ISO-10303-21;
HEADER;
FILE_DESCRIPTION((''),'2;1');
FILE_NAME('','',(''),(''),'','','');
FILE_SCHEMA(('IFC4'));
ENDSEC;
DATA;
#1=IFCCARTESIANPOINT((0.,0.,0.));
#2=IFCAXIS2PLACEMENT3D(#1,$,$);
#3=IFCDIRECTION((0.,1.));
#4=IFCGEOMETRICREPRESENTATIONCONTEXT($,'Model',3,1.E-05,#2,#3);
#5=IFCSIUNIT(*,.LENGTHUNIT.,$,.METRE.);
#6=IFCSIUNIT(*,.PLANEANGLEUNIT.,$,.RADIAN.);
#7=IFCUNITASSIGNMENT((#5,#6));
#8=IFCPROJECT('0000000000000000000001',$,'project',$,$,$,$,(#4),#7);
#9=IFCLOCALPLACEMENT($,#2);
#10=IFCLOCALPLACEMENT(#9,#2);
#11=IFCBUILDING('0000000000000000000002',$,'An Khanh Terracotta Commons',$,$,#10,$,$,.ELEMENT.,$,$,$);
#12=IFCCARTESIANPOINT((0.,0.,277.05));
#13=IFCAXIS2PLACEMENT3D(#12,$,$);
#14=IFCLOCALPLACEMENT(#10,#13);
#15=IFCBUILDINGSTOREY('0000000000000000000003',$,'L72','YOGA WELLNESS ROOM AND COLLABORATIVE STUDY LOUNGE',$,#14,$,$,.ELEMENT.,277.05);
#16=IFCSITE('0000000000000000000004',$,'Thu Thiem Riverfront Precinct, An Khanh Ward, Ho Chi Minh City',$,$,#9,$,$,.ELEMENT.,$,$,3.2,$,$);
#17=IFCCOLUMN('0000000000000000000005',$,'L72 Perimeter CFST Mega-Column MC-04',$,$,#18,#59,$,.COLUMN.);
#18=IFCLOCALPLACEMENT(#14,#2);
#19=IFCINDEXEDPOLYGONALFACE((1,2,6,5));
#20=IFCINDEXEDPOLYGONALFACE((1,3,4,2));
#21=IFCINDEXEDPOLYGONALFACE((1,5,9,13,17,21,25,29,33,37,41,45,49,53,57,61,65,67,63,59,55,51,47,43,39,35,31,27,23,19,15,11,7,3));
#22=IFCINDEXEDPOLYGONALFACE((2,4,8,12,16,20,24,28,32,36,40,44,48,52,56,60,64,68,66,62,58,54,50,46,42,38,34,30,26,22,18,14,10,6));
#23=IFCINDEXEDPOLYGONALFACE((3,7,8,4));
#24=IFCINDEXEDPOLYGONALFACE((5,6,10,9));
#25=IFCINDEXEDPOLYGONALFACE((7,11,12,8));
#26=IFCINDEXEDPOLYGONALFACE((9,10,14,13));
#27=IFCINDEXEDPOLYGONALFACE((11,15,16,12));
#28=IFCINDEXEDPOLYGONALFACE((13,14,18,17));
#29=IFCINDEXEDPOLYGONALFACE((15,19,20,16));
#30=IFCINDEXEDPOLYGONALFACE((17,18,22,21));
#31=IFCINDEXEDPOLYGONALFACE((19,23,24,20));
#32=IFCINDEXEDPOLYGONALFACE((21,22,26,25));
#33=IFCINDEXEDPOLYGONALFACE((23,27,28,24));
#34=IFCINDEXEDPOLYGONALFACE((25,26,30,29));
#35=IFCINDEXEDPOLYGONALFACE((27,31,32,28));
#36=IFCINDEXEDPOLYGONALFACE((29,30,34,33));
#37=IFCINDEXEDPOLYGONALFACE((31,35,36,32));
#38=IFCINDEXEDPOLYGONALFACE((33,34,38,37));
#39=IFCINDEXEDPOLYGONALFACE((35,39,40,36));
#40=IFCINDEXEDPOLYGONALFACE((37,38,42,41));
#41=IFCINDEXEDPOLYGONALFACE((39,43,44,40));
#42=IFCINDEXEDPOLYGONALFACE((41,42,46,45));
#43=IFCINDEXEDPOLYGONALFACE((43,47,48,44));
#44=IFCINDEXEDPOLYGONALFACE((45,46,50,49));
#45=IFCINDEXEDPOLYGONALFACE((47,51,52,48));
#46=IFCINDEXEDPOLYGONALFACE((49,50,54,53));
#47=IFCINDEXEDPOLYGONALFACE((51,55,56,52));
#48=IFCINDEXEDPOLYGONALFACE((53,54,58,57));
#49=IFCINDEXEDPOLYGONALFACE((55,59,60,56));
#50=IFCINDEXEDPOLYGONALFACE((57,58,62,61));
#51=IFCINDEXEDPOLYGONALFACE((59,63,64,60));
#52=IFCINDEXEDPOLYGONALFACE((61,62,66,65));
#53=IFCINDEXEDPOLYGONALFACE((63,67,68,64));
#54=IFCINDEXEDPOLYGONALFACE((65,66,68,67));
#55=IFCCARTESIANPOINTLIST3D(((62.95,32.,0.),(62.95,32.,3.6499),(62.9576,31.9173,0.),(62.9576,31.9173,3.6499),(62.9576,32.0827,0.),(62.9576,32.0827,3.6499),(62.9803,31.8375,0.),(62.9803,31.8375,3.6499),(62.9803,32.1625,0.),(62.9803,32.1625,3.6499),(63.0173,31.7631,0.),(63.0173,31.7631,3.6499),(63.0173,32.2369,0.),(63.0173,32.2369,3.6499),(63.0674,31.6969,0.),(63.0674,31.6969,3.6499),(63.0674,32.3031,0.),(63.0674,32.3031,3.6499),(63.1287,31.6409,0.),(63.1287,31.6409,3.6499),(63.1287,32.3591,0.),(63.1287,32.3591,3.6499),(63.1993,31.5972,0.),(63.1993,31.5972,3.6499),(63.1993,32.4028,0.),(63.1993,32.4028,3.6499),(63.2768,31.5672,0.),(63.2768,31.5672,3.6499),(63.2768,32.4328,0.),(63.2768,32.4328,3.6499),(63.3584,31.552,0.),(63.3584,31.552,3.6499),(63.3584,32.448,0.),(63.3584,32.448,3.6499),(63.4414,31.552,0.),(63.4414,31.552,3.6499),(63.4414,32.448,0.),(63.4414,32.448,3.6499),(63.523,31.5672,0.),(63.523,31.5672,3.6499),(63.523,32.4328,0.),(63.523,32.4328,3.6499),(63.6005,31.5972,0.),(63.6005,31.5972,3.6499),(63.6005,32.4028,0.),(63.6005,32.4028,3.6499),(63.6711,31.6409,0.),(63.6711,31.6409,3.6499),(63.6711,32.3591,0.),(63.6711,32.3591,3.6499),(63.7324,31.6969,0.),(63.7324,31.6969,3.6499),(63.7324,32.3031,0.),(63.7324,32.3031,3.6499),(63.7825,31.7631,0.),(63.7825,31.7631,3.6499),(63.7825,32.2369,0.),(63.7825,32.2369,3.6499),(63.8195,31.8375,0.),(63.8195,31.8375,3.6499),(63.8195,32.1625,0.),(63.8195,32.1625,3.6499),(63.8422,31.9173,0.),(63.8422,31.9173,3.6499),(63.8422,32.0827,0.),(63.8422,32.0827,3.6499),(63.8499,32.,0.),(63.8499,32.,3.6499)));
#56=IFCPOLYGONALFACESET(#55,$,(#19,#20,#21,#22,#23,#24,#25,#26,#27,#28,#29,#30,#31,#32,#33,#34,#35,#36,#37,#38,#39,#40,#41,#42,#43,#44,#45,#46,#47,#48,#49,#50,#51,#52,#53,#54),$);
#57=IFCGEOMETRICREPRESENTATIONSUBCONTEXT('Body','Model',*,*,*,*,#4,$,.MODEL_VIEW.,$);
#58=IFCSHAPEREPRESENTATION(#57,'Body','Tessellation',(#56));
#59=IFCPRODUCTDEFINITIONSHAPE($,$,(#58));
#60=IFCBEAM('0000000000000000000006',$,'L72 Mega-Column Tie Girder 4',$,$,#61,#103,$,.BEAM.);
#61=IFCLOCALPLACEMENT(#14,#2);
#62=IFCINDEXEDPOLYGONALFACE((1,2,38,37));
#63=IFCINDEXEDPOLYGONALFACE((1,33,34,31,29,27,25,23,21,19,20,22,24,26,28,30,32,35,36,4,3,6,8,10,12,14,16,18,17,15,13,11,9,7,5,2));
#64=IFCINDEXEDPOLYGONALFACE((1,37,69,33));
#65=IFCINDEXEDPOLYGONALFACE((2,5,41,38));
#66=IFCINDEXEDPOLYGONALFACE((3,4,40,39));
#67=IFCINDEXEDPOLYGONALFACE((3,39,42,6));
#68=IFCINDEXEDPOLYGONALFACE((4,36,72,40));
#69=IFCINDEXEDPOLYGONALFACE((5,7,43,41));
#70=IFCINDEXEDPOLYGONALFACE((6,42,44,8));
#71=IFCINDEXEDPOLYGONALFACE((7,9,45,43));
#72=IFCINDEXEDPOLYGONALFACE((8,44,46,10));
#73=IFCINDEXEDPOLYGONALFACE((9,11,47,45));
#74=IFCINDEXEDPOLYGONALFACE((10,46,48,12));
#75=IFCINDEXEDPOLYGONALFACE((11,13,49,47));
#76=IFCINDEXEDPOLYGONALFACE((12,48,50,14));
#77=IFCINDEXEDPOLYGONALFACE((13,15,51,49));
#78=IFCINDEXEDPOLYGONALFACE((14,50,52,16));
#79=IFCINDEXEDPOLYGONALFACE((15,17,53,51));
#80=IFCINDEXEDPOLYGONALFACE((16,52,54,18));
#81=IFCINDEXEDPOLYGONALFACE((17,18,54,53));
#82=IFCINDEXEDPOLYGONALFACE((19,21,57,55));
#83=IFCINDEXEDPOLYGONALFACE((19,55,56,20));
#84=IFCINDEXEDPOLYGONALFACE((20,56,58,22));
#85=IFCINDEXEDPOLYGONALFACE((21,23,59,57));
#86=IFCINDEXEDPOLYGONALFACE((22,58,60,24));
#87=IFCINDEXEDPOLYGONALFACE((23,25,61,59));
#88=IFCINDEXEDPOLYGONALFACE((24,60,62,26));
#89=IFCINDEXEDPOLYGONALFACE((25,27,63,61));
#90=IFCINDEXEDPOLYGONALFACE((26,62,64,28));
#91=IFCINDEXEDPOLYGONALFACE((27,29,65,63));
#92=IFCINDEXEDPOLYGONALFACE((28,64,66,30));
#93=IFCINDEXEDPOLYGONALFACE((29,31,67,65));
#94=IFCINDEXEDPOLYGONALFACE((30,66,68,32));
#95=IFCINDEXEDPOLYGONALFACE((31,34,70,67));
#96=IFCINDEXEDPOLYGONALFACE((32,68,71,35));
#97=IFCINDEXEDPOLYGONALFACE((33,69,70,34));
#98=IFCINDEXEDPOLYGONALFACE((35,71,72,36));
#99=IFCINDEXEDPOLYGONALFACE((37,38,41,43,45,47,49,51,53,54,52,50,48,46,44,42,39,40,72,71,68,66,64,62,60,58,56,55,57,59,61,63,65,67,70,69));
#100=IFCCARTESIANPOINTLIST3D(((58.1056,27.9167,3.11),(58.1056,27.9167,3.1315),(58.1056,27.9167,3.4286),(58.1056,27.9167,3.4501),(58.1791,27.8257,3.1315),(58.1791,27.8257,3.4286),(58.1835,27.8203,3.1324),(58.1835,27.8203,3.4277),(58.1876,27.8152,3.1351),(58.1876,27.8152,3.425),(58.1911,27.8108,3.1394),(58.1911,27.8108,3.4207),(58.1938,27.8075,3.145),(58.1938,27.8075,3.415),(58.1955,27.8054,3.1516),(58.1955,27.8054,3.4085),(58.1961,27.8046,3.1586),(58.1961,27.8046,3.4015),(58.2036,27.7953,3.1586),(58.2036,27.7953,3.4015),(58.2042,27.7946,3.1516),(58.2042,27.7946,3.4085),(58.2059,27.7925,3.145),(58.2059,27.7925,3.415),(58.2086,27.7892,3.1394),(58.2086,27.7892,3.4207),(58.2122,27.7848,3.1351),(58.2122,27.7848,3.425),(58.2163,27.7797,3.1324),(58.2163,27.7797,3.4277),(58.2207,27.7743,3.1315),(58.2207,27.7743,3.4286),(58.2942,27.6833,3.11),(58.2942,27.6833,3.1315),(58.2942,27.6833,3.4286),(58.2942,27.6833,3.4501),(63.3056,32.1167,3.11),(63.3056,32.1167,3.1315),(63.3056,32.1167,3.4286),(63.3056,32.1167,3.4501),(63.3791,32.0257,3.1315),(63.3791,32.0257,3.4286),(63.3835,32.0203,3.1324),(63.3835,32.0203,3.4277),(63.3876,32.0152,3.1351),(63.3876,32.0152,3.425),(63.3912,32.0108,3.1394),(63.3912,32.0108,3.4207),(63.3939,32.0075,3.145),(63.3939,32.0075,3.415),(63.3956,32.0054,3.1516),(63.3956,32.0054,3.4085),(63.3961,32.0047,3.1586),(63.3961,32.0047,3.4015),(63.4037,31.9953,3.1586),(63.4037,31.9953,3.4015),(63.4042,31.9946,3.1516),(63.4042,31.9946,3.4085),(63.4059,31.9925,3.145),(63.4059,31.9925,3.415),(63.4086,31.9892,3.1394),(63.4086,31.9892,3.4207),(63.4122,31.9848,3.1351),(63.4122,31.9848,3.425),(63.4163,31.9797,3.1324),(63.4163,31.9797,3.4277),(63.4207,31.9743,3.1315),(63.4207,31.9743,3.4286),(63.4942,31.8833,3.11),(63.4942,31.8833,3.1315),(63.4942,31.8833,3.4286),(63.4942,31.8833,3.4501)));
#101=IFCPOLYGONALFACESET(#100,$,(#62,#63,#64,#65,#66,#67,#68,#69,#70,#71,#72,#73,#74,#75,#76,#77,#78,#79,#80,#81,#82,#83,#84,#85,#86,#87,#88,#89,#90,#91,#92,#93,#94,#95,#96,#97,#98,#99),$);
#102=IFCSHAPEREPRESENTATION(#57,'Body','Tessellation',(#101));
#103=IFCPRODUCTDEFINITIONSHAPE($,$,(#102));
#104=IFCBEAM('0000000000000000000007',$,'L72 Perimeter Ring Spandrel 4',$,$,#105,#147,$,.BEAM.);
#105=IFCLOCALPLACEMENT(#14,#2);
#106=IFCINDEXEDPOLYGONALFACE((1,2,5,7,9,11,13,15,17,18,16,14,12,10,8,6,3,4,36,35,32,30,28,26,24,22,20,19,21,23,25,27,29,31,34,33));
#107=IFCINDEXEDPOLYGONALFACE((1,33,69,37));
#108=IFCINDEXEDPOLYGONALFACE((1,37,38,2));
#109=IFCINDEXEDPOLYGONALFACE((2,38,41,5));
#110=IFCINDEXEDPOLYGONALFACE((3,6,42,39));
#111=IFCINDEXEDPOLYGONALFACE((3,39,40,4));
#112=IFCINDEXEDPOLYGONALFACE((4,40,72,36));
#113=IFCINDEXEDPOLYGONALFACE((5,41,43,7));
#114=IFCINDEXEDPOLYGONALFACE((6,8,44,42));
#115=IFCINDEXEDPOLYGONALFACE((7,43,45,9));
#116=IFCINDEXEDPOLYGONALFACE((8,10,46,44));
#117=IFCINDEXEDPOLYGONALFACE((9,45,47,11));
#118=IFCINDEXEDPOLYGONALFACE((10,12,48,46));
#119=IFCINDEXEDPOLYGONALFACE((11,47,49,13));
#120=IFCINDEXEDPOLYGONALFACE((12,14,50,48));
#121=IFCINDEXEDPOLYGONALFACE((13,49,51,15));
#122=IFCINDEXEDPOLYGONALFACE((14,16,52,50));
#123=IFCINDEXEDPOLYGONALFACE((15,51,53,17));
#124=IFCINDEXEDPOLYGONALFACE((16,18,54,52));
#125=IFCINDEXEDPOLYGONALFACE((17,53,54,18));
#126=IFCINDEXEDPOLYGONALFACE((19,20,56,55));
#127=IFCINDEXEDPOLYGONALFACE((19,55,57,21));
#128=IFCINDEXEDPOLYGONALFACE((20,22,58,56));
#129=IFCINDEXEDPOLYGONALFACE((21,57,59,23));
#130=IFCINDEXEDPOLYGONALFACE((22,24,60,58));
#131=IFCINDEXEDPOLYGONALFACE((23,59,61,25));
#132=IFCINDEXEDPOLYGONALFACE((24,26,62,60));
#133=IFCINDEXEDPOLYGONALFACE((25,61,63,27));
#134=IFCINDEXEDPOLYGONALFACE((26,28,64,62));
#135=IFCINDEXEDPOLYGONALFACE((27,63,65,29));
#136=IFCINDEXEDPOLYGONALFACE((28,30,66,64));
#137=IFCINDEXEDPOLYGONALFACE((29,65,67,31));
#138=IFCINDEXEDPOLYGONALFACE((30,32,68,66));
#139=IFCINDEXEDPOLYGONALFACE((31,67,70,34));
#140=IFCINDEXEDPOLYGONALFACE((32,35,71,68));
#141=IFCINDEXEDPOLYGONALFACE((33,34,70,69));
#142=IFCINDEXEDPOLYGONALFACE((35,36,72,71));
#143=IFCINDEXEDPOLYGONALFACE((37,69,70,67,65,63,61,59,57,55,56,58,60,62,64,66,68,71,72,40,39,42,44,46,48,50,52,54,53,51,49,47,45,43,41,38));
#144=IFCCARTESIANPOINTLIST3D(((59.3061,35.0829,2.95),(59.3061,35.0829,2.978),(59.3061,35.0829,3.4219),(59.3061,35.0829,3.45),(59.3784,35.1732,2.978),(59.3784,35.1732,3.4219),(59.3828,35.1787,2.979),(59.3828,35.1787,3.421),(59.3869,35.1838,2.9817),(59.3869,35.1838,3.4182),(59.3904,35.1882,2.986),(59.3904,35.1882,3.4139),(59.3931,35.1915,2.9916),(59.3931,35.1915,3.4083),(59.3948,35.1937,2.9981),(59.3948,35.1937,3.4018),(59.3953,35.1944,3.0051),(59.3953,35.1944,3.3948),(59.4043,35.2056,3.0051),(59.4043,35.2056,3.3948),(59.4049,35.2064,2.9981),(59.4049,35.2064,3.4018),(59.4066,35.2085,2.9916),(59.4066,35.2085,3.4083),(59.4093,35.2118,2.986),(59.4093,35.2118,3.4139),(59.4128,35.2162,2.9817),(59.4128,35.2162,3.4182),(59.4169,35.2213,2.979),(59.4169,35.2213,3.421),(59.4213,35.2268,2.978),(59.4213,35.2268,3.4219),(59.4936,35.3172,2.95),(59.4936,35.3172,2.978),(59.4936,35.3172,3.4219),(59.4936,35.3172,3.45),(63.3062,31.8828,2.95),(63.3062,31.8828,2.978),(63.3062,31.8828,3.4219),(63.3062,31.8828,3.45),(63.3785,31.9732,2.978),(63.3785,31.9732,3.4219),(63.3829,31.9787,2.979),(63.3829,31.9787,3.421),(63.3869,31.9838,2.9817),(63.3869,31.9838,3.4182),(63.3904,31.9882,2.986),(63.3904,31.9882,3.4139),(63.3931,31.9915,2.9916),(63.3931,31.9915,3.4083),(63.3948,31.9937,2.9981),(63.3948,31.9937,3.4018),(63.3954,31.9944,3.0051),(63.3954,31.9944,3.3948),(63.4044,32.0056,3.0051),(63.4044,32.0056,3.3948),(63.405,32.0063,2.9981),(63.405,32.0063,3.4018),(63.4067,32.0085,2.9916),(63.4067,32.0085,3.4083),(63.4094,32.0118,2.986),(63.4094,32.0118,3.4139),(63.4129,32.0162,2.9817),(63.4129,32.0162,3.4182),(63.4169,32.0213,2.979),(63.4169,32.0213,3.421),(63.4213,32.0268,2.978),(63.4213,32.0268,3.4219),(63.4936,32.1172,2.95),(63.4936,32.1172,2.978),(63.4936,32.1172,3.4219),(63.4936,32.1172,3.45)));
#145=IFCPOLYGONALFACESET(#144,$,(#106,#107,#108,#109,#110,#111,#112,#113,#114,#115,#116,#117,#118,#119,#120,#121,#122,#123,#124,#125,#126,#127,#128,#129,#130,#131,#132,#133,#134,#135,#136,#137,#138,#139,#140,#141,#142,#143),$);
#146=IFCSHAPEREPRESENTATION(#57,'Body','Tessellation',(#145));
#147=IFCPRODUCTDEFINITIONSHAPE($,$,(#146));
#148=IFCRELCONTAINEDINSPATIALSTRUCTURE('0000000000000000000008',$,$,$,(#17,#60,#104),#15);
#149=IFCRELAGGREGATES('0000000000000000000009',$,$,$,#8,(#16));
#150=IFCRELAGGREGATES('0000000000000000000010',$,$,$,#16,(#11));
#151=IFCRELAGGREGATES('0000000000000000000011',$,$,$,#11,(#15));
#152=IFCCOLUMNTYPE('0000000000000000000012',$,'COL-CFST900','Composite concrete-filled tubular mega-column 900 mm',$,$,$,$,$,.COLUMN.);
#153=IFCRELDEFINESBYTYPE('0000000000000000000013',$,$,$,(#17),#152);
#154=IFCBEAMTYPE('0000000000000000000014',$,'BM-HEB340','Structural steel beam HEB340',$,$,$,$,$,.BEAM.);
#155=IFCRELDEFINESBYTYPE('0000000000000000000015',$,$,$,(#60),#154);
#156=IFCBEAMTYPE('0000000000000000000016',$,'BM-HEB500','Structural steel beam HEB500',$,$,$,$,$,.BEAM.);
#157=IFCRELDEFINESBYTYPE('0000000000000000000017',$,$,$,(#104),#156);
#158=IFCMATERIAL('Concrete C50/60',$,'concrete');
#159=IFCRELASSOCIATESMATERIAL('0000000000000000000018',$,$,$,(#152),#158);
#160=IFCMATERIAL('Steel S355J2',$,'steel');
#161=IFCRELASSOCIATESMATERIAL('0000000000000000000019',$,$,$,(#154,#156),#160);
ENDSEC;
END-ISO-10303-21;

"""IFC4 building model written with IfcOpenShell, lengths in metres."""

from ifc_helpers import new_model, si_unit, direction, frame, origin, origin_2d, place, context, subcontext, project, spatial, circle, i_section, extrude, material, material_profile, profile_set, type_object, element, save


model = new_model("IFC4")

# Units and contexts
model_context = context("Model", 3, precision=1e-05, world=origin(), true_north=direction((0.0, 1.0)))
body_context = subcontext(model_context, "Body", "Model", "MODEL_VIEW")
ifc_project = project(units=[si_unit("LENGTHUNIT", "METRE"), si_unit("PLANEANGLEUNIT", "RADIAN")], contexts=[model_context])

# Site, building, storey
site_placement = place(None, origin())
site = spatial("IfcSite", under=ifc_project, at=site_placement, Name="Thu Thiem Riverfront Precinct, An Khanh Ward, Ho Chi Minh City", CompositionType="ELEMENT", RefElevation=3.2)
building_placement = place(site_placement, origin())
building = spatial("IfcBuilding", under=site, at=building_placement, Name="An Khanh Terracotta Commons", CompositionType="ELEMENT")
storey_placement = place(building_placement, frame((0.0, 0.0, 277.05)))
storey = spatial("IfcBuildingStorey", under=building, at=storey_placement, Name="L72", Description="YOGA WELLNESS ROOM AND COLLABORATIVE STUDY LOUNGE", CompositionType="ELEMENT", Elevation=277.05)

# Column
ifc_material_1 = material(Name="Concrete C50/60", Category="concrete")
ifc_material_profile_1 = material_profile(ifc_material_1, circle(Radius=0.45, at=origin_2d()), Name="CFST900")
ifc_profile_set_1 = profile_set([ifc_material_profile_1], Name="Concrete C50/60")
column_type = type_object("IfcColumnType", Name="COL-CFST900", Description="Composite concrete-filled tubular mega-column 900 mm", PredefinedType="COLUMN", material=ifc_profile_set_1)
column_placement = place(storey_placement, frame((63.3999, 32.0, 0.0), z_axis=(0.0, 0.0, 1.0), x_axis=(1.0, 0.0, 0.0)))
element("IfcColumn", 1, at=column_placement, inside=storey, type_object=column_type, Name="L72 Perimeter CFST Mega-Column MC-04", PredefinedType="COLUMN", context=body_context, shape_type="SweptSolid", body=[
    extrude(circle(Radius=0.45, at=origin_2d()), origin(), (0.0, 0.0, 1.0), 3.6499),
])

# Beams
ifc_material_2 = material(Name="Steel S355J2", Category="steel")
ifc_material_profile_2 = material_profile(ifc_material_2, i_section(OverallWidth=0.3, OverallDepth=0.3401, WebThickness=0.012, FlangeThickness=0.0215, FilletRadius=0.0271, at=origin_2d()), Name="HEB340")
ifc_profile_set_2 = profile_set([ifc_material_profile_2], Name="Steel S355J2")
beam_type_1 = type_object("IfcBeamType", Name="BM-HEB340", Description="Structural steel beam HEB340", PredefinedType="BEAM", material=ifc_profile_set_2)
beam_1_placement = place(storey_placement, frame((63.3999, 32.0, 3.28), z_axis=(-0.777942, -0.628336, 0.0), x_axis=(0.628336, -0.777942, 0.0)))
element("IfcBeam", 2, at=beam_1_placement, inside=storey, type_object=beam_type_1, Name="L72 Mega-Column Tie Girder 4", PredefinedType="BEAM", context=body_context, shape_type="SweptSolid", body=[
    extrude(i_section(OverallWidth=0.3, OverallDepth=0.3401, WebThickness=0.012, FlangeThickness=0.0215, FilletRadius=0.0271, at=origin_2d()), origin(), (0.0, 0.0, 1.0), 6.6843),
])
ifc_material_profile_3 = material_profile(ifc_material_2, i_section(OverallWidth=0.3, OverallDepth=0.5, WebThickness=0.0144, FlangeThickness=0.0281, FilletRadius=0.0271, at=origin_2d()), Name="HEB500")
ifc_profile_set_3 = profile_set([ifc_material_profile_3], Name="Steel S355J2")
beam_type_2 = type_object("IfcBeamType", Name="BM-HEB500", Description="Structural steel beam HEB500", PredefinedType="BEAM", material=ifc_profile_set_3)
beam_2_placement = place(storey_placement, frame((63.3999, 32.0, 3.2), z_axis=(-0.780873, 0.624689, 0.0), x_axis=(-0.624689, -0.780873, 0.0)))
element("IfcBeam", 3, at=beam_2_placement, inside=storey, type_object=beam_type_2, Name="L72 Perimeter Ring Spandrel 4", PredefinedType="BEAM", context=body_context, shape_type="SweptSolid", body=[
    extrude(i_section(OverallWidth=0.3, OverallDepth=0.5, WebThickness=0.0144, FlangeThickness=0.0281, FilletRadius=0.0271, at=origin_2d()), origin(), (0.0, 0.0, 1.0), 5.1226),
])

save(model, "model.ifc")
